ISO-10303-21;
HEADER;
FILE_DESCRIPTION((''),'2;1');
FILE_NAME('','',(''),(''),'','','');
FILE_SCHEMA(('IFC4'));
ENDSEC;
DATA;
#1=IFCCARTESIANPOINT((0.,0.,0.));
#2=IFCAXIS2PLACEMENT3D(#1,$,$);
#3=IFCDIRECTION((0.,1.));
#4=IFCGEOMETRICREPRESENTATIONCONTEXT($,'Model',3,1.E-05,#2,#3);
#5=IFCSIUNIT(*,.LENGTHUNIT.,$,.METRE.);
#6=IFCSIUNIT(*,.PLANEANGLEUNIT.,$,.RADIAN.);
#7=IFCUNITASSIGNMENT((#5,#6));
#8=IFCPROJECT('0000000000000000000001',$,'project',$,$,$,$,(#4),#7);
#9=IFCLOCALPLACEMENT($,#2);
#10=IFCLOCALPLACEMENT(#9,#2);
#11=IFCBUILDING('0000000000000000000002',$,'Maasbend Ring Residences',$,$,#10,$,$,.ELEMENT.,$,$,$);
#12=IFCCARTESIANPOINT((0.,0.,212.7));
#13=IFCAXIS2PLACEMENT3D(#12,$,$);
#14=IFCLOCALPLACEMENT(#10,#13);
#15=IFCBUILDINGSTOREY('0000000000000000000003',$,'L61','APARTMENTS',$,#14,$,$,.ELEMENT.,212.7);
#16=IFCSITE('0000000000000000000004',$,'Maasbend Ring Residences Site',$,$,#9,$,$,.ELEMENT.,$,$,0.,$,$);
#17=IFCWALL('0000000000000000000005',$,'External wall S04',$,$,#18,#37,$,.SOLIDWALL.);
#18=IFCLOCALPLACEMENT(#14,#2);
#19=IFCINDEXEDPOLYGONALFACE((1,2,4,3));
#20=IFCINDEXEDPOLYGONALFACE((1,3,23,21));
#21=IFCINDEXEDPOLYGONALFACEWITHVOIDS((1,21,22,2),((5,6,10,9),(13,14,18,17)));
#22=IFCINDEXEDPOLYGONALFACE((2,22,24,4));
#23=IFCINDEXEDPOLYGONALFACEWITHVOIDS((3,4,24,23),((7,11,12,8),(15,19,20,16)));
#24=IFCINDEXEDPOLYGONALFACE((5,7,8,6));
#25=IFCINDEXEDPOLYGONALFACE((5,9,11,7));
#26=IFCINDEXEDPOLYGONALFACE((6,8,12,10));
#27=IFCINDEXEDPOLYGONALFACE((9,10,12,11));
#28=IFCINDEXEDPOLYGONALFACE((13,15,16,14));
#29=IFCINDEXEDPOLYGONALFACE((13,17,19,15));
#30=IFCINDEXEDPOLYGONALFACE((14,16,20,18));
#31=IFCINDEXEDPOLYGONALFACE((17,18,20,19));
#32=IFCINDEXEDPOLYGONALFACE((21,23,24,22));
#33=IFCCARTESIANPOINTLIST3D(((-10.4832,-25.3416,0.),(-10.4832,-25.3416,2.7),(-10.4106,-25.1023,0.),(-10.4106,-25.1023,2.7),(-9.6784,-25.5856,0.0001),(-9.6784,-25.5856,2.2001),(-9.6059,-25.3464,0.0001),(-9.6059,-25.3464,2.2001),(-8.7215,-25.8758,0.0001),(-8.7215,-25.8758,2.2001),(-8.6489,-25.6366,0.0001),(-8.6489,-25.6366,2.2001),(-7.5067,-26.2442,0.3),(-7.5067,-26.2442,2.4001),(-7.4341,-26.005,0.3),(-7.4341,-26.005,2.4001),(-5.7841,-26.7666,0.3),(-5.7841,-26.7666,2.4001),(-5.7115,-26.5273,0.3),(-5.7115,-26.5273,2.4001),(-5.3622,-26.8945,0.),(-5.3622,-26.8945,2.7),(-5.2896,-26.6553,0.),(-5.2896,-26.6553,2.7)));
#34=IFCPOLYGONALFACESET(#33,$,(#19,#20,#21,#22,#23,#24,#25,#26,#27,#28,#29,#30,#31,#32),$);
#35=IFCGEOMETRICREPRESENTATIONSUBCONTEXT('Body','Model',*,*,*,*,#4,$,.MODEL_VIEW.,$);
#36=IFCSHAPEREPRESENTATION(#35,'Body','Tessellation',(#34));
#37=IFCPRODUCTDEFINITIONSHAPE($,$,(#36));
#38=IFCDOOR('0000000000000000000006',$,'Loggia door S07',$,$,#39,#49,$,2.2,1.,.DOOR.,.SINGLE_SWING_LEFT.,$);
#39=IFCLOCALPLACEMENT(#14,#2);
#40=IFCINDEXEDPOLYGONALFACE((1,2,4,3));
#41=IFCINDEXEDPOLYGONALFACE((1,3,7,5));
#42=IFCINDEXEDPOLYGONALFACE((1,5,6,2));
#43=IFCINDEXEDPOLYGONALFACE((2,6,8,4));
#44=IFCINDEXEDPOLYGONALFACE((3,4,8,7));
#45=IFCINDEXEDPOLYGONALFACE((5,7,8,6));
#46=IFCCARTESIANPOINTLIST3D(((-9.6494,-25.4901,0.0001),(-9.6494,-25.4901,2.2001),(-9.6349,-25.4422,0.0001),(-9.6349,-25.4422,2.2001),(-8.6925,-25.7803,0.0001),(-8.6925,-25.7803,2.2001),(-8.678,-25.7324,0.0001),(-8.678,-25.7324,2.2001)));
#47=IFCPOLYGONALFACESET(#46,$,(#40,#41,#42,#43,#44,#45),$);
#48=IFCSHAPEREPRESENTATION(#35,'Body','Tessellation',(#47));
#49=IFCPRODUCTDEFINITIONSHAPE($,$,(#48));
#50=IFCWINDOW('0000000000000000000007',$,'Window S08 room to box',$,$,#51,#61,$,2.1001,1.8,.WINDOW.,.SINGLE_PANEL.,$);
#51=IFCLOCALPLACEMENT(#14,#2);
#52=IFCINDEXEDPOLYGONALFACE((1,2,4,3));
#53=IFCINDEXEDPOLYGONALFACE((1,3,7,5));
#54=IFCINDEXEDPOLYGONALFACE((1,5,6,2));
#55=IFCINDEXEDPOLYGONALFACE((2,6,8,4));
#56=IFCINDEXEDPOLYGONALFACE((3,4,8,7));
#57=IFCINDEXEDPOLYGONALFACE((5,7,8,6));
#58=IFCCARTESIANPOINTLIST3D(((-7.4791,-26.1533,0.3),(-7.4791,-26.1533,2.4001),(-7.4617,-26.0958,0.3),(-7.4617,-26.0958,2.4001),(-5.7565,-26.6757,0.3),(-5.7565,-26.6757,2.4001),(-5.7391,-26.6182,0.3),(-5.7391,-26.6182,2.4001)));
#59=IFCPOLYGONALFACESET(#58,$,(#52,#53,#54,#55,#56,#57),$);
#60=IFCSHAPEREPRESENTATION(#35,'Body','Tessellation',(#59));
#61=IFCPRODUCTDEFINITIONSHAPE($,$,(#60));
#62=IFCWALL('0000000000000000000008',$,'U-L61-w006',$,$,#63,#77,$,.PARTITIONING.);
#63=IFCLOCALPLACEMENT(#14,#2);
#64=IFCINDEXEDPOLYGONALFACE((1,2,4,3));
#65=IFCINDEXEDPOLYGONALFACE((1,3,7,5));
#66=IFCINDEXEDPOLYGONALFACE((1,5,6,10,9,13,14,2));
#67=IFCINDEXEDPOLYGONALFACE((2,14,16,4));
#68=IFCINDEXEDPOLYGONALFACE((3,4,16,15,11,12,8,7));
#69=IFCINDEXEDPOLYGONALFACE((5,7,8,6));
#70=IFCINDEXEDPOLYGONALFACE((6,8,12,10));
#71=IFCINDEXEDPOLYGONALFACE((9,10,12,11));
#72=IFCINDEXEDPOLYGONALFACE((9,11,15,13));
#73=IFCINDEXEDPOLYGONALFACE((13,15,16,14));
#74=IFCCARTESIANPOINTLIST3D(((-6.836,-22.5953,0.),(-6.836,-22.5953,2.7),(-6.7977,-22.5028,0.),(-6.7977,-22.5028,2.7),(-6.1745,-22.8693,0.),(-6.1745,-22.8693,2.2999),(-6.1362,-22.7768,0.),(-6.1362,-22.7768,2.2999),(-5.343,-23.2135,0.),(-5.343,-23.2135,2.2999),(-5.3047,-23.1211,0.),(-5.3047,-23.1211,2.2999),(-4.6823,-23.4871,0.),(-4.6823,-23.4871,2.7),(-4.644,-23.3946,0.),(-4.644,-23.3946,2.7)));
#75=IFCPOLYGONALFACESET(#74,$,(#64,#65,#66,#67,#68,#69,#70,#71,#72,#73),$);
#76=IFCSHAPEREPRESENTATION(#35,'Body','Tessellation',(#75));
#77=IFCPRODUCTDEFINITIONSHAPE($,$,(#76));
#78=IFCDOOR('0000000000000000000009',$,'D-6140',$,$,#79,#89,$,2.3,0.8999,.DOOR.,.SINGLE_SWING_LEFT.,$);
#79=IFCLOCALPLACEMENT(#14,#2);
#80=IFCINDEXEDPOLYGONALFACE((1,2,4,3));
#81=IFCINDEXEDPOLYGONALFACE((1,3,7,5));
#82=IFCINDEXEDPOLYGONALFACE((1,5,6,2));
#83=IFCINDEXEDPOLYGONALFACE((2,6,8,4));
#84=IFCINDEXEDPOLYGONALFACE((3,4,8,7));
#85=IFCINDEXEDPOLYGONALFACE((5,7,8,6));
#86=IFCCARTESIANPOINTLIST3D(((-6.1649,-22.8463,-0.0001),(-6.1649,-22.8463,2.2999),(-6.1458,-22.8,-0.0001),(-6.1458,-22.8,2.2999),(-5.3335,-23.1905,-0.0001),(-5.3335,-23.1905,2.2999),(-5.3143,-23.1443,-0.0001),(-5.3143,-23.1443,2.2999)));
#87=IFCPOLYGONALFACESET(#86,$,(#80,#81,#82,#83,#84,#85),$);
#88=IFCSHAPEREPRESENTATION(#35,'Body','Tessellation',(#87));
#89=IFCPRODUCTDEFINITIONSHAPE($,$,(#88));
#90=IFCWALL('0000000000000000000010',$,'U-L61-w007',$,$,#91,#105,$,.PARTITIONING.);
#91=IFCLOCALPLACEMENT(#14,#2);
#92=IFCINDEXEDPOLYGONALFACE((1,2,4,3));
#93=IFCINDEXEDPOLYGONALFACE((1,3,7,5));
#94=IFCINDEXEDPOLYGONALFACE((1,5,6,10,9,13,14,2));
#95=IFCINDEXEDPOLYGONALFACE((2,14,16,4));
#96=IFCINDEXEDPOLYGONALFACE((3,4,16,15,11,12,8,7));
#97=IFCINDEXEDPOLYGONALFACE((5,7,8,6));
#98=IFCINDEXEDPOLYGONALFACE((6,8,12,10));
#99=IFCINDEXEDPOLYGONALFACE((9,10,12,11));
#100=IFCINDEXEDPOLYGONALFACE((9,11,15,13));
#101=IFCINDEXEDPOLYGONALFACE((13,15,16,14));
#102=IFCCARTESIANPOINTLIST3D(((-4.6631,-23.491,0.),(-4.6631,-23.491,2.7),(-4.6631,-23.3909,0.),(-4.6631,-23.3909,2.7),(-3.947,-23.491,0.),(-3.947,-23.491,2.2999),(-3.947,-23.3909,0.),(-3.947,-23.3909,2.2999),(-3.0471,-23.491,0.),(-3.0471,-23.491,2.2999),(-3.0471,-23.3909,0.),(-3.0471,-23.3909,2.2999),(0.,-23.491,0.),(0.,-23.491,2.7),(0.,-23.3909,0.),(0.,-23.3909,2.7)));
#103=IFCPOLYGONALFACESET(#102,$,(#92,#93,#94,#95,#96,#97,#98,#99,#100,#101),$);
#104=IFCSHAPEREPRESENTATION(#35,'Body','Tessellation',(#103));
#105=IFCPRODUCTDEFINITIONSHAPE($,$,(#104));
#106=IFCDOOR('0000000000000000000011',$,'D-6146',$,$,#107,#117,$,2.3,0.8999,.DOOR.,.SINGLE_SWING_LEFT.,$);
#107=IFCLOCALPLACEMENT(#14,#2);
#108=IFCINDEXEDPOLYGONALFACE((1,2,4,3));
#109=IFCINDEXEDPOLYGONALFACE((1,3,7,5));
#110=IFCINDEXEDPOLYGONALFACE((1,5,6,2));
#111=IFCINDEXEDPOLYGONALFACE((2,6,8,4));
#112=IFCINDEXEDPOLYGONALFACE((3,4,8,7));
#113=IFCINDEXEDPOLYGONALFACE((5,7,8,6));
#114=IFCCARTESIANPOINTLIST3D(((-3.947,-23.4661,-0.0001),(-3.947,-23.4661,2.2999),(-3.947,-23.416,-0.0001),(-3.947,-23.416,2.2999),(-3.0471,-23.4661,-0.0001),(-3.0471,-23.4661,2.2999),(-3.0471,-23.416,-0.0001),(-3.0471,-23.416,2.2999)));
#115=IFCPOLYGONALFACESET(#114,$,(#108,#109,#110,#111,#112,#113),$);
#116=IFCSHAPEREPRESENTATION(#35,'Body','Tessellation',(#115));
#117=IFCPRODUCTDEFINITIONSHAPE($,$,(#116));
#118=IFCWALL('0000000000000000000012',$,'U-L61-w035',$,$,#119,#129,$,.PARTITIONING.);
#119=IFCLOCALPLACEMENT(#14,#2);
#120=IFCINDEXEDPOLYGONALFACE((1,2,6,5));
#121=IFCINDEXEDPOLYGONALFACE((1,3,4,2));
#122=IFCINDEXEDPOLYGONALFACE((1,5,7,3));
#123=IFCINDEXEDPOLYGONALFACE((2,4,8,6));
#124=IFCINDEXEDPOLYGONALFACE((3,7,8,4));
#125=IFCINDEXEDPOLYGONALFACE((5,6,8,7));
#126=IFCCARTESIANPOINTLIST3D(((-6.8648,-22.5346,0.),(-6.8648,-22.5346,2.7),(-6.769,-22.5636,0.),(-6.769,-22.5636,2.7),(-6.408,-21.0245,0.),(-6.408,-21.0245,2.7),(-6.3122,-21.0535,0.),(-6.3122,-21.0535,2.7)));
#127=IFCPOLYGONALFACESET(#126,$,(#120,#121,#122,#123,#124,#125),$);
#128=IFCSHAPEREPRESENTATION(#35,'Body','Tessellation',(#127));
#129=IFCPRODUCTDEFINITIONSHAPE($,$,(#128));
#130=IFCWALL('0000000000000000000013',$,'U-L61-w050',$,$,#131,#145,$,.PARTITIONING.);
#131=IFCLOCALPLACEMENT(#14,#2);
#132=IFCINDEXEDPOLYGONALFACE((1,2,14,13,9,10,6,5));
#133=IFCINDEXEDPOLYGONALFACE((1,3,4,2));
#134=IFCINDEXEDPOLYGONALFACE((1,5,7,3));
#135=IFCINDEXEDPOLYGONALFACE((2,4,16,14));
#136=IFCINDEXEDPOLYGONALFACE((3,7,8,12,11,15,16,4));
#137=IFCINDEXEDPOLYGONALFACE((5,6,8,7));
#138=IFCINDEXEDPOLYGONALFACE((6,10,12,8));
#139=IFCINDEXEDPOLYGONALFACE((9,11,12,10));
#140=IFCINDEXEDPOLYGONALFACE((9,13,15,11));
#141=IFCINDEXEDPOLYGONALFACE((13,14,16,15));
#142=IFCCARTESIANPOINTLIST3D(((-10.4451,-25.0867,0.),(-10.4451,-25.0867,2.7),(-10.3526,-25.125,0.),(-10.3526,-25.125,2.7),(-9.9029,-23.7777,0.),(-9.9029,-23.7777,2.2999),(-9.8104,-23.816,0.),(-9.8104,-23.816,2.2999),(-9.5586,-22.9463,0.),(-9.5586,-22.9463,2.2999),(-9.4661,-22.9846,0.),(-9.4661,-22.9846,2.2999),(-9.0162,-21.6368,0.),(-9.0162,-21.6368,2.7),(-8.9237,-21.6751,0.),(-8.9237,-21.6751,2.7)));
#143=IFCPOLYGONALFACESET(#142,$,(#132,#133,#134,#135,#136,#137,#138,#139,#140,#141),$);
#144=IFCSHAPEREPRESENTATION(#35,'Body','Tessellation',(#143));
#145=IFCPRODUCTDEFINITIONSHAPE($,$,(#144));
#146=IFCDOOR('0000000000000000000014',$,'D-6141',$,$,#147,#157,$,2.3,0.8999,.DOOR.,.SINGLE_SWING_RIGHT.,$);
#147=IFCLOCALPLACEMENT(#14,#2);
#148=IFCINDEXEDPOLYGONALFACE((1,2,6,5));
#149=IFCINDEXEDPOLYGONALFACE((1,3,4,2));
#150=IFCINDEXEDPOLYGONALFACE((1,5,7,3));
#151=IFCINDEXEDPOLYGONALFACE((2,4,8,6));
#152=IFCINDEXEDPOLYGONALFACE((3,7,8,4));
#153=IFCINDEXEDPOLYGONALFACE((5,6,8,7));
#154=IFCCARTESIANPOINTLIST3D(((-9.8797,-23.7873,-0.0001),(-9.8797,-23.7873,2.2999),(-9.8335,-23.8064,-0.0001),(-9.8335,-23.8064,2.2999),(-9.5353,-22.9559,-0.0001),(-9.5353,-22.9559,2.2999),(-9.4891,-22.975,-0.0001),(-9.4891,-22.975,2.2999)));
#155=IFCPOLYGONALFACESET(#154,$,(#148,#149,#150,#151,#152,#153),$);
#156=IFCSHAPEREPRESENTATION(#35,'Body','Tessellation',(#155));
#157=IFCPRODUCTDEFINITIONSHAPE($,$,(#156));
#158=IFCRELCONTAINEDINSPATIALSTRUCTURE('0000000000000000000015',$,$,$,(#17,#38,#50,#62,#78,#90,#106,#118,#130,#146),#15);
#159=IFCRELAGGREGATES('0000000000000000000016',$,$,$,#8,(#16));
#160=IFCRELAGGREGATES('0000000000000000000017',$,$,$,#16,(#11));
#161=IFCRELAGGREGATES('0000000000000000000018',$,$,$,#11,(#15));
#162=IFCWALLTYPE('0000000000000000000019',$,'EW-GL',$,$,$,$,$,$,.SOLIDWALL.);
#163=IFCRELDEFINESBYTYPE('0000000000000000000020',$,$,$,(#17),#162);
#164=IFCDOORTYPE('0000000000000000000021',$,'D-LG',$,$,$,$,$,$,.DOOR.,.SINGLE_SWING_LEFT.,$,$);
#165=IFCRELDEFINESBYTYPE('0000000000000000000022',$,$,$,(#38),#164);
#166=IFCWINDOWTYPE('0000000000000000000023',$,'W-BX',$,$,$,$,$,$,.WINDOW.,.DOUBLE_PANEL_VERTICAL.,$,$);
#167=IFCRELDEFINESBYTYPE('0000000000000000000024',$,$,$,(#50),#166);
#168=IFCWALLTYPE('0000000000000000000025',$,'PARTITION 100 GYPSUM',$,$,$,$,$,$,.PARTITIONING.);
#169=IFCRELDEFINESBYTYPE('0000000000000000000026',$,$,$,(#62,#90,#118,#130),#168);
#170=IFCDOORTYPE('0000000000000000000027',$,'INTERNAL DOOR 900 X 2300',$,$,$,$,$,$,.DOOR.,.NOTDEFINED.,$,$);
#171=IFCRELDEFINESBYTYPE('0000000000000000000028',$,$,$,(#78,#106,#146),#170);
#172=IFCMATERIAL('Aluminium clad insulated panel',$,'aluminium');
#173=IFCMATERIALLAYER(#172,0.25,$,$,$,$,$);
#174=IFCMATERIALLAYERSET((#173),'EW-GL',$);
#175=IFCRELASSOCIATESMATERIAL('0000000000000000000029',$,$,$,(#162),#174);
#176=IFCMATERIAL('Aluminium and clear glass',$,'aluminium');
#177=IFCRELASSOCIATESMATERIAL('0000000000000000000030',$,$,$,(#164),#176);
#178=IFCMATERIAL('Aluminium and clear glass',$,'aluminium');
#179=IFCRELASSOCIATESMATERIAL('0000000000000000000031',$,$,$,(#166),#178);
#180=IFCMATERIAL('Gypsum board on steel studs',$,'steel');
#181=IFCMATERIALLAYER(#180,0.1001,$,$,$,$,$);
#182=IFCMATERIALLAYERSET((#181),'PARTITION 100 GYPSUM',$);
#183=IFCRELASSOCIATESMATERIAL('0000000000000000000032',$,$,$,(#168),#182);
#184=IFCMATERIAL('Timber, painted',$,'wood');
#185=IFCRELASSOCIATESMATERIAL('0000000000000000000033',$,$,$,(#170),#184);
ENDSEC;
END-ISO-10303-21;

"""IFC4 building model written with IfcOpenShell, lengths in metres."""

from ifc_helpers import new_model, si_unit, direction, frame, frame_2d, origin, place, context, subcontext, project, spatial, rectangle, extrude, material, layer, layer_set, type_object, element, fill, save


model = new_model("IFC4")

# Units and contexts
model_context = context("Model", 3, precision=1e-05, world=origin(), true_north=direction((0.0, 1.0)))
body_context = subcontext(model_context, "Body", "Model", "MODEL_VIEW")
ifc_project = project(units=[si_unit("LENGTHUNIT", "METRE"), si_unit("PLANEANGLEUNIT", "RADIAN")], contexts=[model_context])

# Site, building, storey
site_placement = place(None, origin())
site = spatial("IfcSite", under=ifc_project, at=site_placement, Name="Maasbend Ring Residences Site", CompositionType="ELEMENT", RefElevation=0.0)
building_placement = place(site_placement, origin())
building = spatial("IfcBuilding", under=site, at=building_placement, Name="Maasbend Ring Residences", CompositionType="ELEMENT")
storey_placement = place(building_placement, frame((0.0, 0.0, 212.7)))
storey = spatial("IfcBuildingStorey", under=building, at=storey_placement, Name="L61", Description="APARTMENTS", CompositionType="ELEMENT", Elevation=212.7)

# Wall, openings, door, window
ifc_material_1 = material(Name="Aluminium clad insulated panel", Category="aluminium")
ifc_layer_1 = layer(ifc_material_1, 0.25)
ifc_layer_set_1 = layer_set([ifc_layer_1], Name="EW-GL")
wall_type_1 = type_object("IfcWallType", Name="EW-GL", PredefinedType="SOLIDWALL", material=ifc_layer_set_1)
wall_1_placement = place(storey_placement, frame((-10.447, -25.2219, 0.0), z_axis=(0.0, 0.0, 1.0), x_axis=(0.956966, -0.290201, 0.0)))
wall_1 = element("IfcWall", 1, at=wall_1_placement, inside=storey, type_object=wall_type_1, Name="External wall S04", PredefinedType="SOLIDWALL", context=body_context, shape_type="SweptSolid", body=[
    extrude(rectangle(XDim=5.3513, YDim=0.25, at=frame_2d((2.6758, 0.0))), origin(), (0.0, 0.0, 1.0), 2.7),
])
opening_1_placement = place(wall_1_placement, frame((0.8411, 0.0, 0.0)))
opening_1 = element("IfcOpeningElement", 2, at=opening_1_placement, cuts=wall_1, PredefinedType="OPENING", context=body_context, shape_type="SweptSolid", body=[
    extrude(rectangle(XDim=1.0, YDim=2.2, at=frame_2d((0.5, 1.1001))), frame((0.0, 0.135, 0.0), z_axis=(0.0, -1.0, 0.0), x_axis=(1.0, 0.0, 0.0)), (0.0, 0.0, 1.0), 0.27),
])
opening_2_placement = place(wall_1_placement, frame((3.1106, 0.0, 0.3)))
opening_2 = element("IfcOpeningElement", 3, at=opening_2_placement, cuts=wall_1, PredefinedType="OPENING", context=body_context, shape_type="SweptSolid", body=[
    extrude(rectangle(XDim=1.8, YDim=2.1001, at=frame_2d((0.8999, 1.05))), frame((0.0, 0.135, 0.0), z_axis=(0.0, -1.0, 0.0), x_axis=(1.0, 0.0, 0.0)), (0.0, 0.0, 1.0), 0.27),
])
ifc_material_2 = material(Name="Aluminium and clear glass", Category="aluminium")
door_type_1 = type_object("IfcDoorType", Name="D-LG", OperationType="SINGLE_SWING_LEFT", PredefinedType="DOOR", material=ifc_material_2)
door_1_placement = place(opening_1_placement, origin())
door_1 = element("IfcDoor", 4, at=door_1_placement, inside=storey, type_object=door_type_1, Name="Loggia door S07", OperationType="SINGLE_SWING_LEFT", OverallHeight=2.2, OverallWidth=1.0, PredefinedType="DOOR", context=body_context, shape_type="SweptSolid", body=[
    extrude(rectangle(XDim=1.0, YDim=2.2, at=frame_2d((0.5, 1.1001))), frame((0.0, 0.0249, 0.0), z_axis=(0.0, -1.0, 0.0), x_axis=(1.0, 0.0, 0.0)), (0.0, 0.0, 1.0), 0.05),
])
fill(opening_1, door_1)
ifc_material_3 = material(Name="Aluminium and clear glass", Category="aluminium")
window_type = type_object("IfcWindowType", Name="W-BX", PartitioningType="DOUBLE_PANEL_VERTICAL", PredefinedType="WINDOW", material=ifc_material_3)
window_placement = place(opening_2_placement, origin())
window = element("IfcWindow", 5, at=window_placement, inside=storey, type_object=window_type, Name="Window S08 room to box", OverallHeight=2.1001, OverallWidth=1.8, PartitioningType="SINGLE_PANEL", PredefinedType="WINDOW", context=body_context, shape_type="SweptSolid", body=[
    extrude(rectangle(XDim=1.8, YDim=2.1001, at=frame_2d((0.8999, 1.05))), frame((0.0, 0.03, 0.0), z_axis=(0.0, -1.0, 0.0), x_axis=(1.0, 0.0, 0.0)), (0.0, 0.0, 1.0), 0.0601),
])
fill(opening_2, window)

# Walls, openings, doors
ifc_material_4 = material(Name="Gypsum board on steel studs", Category="steel")
ifc_layer_2 = layer(ifc_material_4, 0.1001)
ifc_layer_set_2 = layer_set([ifc_layer_2], Name="PARTITION 100 GYPSUM")
wall_type_2 = type_object("IfcWallType", Name="PARTITION 100 GYPSUM", PredefinedType="PARTITIONING", material=ifc_layer_set_2)
wall_2_placement = place(storey_placement, frame((-6.8169, -22.5491, 0.0), z_axis=(0.0, 0.0, 1.0), x_axis=(0.923924, -0.382577, 0.0)))
wall_2 = element("IfcWall", 6, at=wall_2_placement, inside=storey, type_object=wall_type_2, Name="U-L61-w006", PredefinedType="PARTITIONING", context=body_context, shape_type="SweptSolid", body=[
    extrude(rectangle(XDim=2.3311, YDim=0.1001, at=frame_2d((1.1655, 0.0))), origin(), (0.0, 0.0, 1.0), 2.7),
])
opening_3_placement = place(wall_2_placement, frame((0.7161, 0.0, 0.0)))
opening_3 = element("IfcOpeningElement", 7, at=opening_3_placement, cuts=wall_2, PredefinedType="OPENING", context=body_context, shape_type="SweptSolid", body=[
    extrude(rectangle(XDim=0.8999, YDim=2.3, at=frame_2d((0.45, 1.1499))), frame((0.0, 0.0601, 0.0), z_axis=(0.0, -1.0, 0.0), x_axis=(1.0, 0.0, 0.0)), (0.0, 0.0, 1.0), 0.1201),
])
ifc_material_5 = material(Name="Timber, painted", Category="wood")
door_type_2 = type_object("IfcDoorType", Name="INTERNAL DOOR 900 X 2300", OperationType="NOTDEFINED", PredefinedType="DOOR", material=ifc_material_5)
door_2_placement = place(opening_3_placement, origin())
door_2 = element("IfcDoor", 8, at=door_2_placement, inside=storey, type_object=door_type_2, Name="D-6140", OperationType="SINGLE_SWING_LEFT", OverallHeight=2.3, OverallWidth=0.8999, PredefinedType="DOOR", context=body_context, shape_type="SweptSolid", body=[
    extrude(rectangle(XDim=0.8999, YDim=2.3, at=frame_2d((0.45, 1.1499))), frame((0.0, 0.0249, 0.0), z_axis=(0.0, -1.0, 0.0), x_axis=(1.0, 0.0, 0.0)), (0.0, 0.0, 1.0), 0.05),
])
fill(opening_3, door_2)
wall_3_placement = place(storey_placement, frame((-4.6631, -23.4409, 0.0), z_axis=(0.0, 0.0, 1.0), x_axis=(1.0, 0.0, 0.0)))
wall_3 = element("IfcWall", 9, at=wall_3_placement, inside=storey, type_object=wall_type_2, Name="U-L61-w007", PredefinedType="PARTITIONING", context=body_context, shape_type="SweptSolid", body=[
    extrude(rectangle(XDim=4.6631, YDim=0.1001, at=frame_2d((2.3315, 0.0))), origin(), (0.0, 0.0, 1.0), 2.7),
])
opening_4_placement = place(wall_3_placement, frame((0.7161, 0.0, 0.0)))
opening_4 = element("IfcOpeningElement", 10, at=opening_4_placement, cuts=wall_3, PredefinedType="OPENING", context=body_context, shape_type="SweptSolid", body=[
    extrude(rectangle(XDim=0.8999, YDim=2.3, at=frame_2d((0.45, 1.1499))), frame((0.0, 0.0601, 0.0), z_axis=(0.0, -1.0, 0.0), x_axis=(1.0, 0.0, 0.0)), (0.0, 0.0, 1.0), 0.1201),
])
door_3_placement = place(opening_4_placement, origin())
door_3 = element("IfcDoor", 11, at=door_3_placement, inside=storey, type_object=door_type_2, Name="D-6146", OperationType="SINGLE_SWING_LEFT", OverallHeight=2.3, OverallWidth=0.8999, PredefinedType="DOOR", context=body_context, shape_type="SweptSolid", body=[
    extrude(rectangle(XDim=0.8999, YDim=2.3, at=frame_2d((0.45, 1.1499))), frame((0.0, 0.0249, 0.0), z_axis=(0.0, -1.0, 0.0), x_axis=(1.0, 0.0, 0.0)), (0.0, 0.0, 1.0), 0.05),
])
fill(opening_4, door_3)

# Wall
wall_4_placement = place(storey_placement, frame((-6.8169, -22.5491, 0.0), z_axis=(0.0, 0.0, 1.0), x_axis=(0.289548, 0.957164, 0.0)))
element("IfcWall", 12, at=wall_4_placement, inside=storey, type_object=wall_type_2, Name="U-L61-w035", PredefinedType="PARTITIONING", context=body_context, shape_type="SweptSolid", body=[
    extrude(rectangle(XDim=1.5776, YDim=0.1001, at=frame_2d((0.7888, 0.0))), origin(), (0.0, 0.0, 1.0), 2.7),
])

# Wall, opening, door
wall_5_placement = place(storey_placement, frame((-10.3989, -25.106, 0.0), z_axis=(0.0, 0.0, 1.0), x_axis=(0.382669, 0.923885, 0.0)))
wall_5 = element("IfcWall", 13, at=wall_5_placement, inside=storey, type_object=wall_type_2, Name="U-L61-w050", PredefinedType="PARTITIONING", context=body_context, shape_type="SweptSolid", body=[
    extrude(rectangle(XDim=3.7341, YDim=0.1001, at=frame_2d((1.8672, 0.0))), origin(), (0.0, 0.0, 1.0), 2.7),
])
opening_5_placement = place(wall_5_placement, frame((1.417, 0.0, 0.0)))
opening_5 = element("IfcOpeningElement", 14, at=opening_5_placement, cuts=wall_5, PredefinedType="OPENING", context=body_context, shape_type="SweptSolid", body=[
    extrude(rectangle(XDim=0.8999, YDim=2.3, at=frame_2d((0.45, 1.1499))), frame((0.0, 0.0601, 0.0), z_axis=(0.0, -1.0, 0.0), x_axis=(1.0, 0.0, 0.0)), (0.0, 0.0, 1.0), 0.1201),
])
door_4_placement = place(opening_5_placement, origin())
door_4 = element("IfcDoor", 15, at=door_4_placement, inside=storey, type_object=door_type_2, Name="D-6141", OperationType="SINGLE_SWING_RIGHT", OverallHeight=2.3, OverallWidth=0.8999, PredefinedType="DOOR", context=body_context, shape_type="SweptSolid", body=[
    extrude(rectangle(XDim=0.8999, YDim=2.3, at=frame_2d((0.45, 1.1499))), frame((0.0, 0.0249, 0.0), z_axis=(0.0, -1.0, 0.0), x_axis=(1.0, 0.0, 0.0)), (0.0, 0.0, 1.0), 0.05),
])
fill(opening_5, door_4)

save(model, "model.ifc")
